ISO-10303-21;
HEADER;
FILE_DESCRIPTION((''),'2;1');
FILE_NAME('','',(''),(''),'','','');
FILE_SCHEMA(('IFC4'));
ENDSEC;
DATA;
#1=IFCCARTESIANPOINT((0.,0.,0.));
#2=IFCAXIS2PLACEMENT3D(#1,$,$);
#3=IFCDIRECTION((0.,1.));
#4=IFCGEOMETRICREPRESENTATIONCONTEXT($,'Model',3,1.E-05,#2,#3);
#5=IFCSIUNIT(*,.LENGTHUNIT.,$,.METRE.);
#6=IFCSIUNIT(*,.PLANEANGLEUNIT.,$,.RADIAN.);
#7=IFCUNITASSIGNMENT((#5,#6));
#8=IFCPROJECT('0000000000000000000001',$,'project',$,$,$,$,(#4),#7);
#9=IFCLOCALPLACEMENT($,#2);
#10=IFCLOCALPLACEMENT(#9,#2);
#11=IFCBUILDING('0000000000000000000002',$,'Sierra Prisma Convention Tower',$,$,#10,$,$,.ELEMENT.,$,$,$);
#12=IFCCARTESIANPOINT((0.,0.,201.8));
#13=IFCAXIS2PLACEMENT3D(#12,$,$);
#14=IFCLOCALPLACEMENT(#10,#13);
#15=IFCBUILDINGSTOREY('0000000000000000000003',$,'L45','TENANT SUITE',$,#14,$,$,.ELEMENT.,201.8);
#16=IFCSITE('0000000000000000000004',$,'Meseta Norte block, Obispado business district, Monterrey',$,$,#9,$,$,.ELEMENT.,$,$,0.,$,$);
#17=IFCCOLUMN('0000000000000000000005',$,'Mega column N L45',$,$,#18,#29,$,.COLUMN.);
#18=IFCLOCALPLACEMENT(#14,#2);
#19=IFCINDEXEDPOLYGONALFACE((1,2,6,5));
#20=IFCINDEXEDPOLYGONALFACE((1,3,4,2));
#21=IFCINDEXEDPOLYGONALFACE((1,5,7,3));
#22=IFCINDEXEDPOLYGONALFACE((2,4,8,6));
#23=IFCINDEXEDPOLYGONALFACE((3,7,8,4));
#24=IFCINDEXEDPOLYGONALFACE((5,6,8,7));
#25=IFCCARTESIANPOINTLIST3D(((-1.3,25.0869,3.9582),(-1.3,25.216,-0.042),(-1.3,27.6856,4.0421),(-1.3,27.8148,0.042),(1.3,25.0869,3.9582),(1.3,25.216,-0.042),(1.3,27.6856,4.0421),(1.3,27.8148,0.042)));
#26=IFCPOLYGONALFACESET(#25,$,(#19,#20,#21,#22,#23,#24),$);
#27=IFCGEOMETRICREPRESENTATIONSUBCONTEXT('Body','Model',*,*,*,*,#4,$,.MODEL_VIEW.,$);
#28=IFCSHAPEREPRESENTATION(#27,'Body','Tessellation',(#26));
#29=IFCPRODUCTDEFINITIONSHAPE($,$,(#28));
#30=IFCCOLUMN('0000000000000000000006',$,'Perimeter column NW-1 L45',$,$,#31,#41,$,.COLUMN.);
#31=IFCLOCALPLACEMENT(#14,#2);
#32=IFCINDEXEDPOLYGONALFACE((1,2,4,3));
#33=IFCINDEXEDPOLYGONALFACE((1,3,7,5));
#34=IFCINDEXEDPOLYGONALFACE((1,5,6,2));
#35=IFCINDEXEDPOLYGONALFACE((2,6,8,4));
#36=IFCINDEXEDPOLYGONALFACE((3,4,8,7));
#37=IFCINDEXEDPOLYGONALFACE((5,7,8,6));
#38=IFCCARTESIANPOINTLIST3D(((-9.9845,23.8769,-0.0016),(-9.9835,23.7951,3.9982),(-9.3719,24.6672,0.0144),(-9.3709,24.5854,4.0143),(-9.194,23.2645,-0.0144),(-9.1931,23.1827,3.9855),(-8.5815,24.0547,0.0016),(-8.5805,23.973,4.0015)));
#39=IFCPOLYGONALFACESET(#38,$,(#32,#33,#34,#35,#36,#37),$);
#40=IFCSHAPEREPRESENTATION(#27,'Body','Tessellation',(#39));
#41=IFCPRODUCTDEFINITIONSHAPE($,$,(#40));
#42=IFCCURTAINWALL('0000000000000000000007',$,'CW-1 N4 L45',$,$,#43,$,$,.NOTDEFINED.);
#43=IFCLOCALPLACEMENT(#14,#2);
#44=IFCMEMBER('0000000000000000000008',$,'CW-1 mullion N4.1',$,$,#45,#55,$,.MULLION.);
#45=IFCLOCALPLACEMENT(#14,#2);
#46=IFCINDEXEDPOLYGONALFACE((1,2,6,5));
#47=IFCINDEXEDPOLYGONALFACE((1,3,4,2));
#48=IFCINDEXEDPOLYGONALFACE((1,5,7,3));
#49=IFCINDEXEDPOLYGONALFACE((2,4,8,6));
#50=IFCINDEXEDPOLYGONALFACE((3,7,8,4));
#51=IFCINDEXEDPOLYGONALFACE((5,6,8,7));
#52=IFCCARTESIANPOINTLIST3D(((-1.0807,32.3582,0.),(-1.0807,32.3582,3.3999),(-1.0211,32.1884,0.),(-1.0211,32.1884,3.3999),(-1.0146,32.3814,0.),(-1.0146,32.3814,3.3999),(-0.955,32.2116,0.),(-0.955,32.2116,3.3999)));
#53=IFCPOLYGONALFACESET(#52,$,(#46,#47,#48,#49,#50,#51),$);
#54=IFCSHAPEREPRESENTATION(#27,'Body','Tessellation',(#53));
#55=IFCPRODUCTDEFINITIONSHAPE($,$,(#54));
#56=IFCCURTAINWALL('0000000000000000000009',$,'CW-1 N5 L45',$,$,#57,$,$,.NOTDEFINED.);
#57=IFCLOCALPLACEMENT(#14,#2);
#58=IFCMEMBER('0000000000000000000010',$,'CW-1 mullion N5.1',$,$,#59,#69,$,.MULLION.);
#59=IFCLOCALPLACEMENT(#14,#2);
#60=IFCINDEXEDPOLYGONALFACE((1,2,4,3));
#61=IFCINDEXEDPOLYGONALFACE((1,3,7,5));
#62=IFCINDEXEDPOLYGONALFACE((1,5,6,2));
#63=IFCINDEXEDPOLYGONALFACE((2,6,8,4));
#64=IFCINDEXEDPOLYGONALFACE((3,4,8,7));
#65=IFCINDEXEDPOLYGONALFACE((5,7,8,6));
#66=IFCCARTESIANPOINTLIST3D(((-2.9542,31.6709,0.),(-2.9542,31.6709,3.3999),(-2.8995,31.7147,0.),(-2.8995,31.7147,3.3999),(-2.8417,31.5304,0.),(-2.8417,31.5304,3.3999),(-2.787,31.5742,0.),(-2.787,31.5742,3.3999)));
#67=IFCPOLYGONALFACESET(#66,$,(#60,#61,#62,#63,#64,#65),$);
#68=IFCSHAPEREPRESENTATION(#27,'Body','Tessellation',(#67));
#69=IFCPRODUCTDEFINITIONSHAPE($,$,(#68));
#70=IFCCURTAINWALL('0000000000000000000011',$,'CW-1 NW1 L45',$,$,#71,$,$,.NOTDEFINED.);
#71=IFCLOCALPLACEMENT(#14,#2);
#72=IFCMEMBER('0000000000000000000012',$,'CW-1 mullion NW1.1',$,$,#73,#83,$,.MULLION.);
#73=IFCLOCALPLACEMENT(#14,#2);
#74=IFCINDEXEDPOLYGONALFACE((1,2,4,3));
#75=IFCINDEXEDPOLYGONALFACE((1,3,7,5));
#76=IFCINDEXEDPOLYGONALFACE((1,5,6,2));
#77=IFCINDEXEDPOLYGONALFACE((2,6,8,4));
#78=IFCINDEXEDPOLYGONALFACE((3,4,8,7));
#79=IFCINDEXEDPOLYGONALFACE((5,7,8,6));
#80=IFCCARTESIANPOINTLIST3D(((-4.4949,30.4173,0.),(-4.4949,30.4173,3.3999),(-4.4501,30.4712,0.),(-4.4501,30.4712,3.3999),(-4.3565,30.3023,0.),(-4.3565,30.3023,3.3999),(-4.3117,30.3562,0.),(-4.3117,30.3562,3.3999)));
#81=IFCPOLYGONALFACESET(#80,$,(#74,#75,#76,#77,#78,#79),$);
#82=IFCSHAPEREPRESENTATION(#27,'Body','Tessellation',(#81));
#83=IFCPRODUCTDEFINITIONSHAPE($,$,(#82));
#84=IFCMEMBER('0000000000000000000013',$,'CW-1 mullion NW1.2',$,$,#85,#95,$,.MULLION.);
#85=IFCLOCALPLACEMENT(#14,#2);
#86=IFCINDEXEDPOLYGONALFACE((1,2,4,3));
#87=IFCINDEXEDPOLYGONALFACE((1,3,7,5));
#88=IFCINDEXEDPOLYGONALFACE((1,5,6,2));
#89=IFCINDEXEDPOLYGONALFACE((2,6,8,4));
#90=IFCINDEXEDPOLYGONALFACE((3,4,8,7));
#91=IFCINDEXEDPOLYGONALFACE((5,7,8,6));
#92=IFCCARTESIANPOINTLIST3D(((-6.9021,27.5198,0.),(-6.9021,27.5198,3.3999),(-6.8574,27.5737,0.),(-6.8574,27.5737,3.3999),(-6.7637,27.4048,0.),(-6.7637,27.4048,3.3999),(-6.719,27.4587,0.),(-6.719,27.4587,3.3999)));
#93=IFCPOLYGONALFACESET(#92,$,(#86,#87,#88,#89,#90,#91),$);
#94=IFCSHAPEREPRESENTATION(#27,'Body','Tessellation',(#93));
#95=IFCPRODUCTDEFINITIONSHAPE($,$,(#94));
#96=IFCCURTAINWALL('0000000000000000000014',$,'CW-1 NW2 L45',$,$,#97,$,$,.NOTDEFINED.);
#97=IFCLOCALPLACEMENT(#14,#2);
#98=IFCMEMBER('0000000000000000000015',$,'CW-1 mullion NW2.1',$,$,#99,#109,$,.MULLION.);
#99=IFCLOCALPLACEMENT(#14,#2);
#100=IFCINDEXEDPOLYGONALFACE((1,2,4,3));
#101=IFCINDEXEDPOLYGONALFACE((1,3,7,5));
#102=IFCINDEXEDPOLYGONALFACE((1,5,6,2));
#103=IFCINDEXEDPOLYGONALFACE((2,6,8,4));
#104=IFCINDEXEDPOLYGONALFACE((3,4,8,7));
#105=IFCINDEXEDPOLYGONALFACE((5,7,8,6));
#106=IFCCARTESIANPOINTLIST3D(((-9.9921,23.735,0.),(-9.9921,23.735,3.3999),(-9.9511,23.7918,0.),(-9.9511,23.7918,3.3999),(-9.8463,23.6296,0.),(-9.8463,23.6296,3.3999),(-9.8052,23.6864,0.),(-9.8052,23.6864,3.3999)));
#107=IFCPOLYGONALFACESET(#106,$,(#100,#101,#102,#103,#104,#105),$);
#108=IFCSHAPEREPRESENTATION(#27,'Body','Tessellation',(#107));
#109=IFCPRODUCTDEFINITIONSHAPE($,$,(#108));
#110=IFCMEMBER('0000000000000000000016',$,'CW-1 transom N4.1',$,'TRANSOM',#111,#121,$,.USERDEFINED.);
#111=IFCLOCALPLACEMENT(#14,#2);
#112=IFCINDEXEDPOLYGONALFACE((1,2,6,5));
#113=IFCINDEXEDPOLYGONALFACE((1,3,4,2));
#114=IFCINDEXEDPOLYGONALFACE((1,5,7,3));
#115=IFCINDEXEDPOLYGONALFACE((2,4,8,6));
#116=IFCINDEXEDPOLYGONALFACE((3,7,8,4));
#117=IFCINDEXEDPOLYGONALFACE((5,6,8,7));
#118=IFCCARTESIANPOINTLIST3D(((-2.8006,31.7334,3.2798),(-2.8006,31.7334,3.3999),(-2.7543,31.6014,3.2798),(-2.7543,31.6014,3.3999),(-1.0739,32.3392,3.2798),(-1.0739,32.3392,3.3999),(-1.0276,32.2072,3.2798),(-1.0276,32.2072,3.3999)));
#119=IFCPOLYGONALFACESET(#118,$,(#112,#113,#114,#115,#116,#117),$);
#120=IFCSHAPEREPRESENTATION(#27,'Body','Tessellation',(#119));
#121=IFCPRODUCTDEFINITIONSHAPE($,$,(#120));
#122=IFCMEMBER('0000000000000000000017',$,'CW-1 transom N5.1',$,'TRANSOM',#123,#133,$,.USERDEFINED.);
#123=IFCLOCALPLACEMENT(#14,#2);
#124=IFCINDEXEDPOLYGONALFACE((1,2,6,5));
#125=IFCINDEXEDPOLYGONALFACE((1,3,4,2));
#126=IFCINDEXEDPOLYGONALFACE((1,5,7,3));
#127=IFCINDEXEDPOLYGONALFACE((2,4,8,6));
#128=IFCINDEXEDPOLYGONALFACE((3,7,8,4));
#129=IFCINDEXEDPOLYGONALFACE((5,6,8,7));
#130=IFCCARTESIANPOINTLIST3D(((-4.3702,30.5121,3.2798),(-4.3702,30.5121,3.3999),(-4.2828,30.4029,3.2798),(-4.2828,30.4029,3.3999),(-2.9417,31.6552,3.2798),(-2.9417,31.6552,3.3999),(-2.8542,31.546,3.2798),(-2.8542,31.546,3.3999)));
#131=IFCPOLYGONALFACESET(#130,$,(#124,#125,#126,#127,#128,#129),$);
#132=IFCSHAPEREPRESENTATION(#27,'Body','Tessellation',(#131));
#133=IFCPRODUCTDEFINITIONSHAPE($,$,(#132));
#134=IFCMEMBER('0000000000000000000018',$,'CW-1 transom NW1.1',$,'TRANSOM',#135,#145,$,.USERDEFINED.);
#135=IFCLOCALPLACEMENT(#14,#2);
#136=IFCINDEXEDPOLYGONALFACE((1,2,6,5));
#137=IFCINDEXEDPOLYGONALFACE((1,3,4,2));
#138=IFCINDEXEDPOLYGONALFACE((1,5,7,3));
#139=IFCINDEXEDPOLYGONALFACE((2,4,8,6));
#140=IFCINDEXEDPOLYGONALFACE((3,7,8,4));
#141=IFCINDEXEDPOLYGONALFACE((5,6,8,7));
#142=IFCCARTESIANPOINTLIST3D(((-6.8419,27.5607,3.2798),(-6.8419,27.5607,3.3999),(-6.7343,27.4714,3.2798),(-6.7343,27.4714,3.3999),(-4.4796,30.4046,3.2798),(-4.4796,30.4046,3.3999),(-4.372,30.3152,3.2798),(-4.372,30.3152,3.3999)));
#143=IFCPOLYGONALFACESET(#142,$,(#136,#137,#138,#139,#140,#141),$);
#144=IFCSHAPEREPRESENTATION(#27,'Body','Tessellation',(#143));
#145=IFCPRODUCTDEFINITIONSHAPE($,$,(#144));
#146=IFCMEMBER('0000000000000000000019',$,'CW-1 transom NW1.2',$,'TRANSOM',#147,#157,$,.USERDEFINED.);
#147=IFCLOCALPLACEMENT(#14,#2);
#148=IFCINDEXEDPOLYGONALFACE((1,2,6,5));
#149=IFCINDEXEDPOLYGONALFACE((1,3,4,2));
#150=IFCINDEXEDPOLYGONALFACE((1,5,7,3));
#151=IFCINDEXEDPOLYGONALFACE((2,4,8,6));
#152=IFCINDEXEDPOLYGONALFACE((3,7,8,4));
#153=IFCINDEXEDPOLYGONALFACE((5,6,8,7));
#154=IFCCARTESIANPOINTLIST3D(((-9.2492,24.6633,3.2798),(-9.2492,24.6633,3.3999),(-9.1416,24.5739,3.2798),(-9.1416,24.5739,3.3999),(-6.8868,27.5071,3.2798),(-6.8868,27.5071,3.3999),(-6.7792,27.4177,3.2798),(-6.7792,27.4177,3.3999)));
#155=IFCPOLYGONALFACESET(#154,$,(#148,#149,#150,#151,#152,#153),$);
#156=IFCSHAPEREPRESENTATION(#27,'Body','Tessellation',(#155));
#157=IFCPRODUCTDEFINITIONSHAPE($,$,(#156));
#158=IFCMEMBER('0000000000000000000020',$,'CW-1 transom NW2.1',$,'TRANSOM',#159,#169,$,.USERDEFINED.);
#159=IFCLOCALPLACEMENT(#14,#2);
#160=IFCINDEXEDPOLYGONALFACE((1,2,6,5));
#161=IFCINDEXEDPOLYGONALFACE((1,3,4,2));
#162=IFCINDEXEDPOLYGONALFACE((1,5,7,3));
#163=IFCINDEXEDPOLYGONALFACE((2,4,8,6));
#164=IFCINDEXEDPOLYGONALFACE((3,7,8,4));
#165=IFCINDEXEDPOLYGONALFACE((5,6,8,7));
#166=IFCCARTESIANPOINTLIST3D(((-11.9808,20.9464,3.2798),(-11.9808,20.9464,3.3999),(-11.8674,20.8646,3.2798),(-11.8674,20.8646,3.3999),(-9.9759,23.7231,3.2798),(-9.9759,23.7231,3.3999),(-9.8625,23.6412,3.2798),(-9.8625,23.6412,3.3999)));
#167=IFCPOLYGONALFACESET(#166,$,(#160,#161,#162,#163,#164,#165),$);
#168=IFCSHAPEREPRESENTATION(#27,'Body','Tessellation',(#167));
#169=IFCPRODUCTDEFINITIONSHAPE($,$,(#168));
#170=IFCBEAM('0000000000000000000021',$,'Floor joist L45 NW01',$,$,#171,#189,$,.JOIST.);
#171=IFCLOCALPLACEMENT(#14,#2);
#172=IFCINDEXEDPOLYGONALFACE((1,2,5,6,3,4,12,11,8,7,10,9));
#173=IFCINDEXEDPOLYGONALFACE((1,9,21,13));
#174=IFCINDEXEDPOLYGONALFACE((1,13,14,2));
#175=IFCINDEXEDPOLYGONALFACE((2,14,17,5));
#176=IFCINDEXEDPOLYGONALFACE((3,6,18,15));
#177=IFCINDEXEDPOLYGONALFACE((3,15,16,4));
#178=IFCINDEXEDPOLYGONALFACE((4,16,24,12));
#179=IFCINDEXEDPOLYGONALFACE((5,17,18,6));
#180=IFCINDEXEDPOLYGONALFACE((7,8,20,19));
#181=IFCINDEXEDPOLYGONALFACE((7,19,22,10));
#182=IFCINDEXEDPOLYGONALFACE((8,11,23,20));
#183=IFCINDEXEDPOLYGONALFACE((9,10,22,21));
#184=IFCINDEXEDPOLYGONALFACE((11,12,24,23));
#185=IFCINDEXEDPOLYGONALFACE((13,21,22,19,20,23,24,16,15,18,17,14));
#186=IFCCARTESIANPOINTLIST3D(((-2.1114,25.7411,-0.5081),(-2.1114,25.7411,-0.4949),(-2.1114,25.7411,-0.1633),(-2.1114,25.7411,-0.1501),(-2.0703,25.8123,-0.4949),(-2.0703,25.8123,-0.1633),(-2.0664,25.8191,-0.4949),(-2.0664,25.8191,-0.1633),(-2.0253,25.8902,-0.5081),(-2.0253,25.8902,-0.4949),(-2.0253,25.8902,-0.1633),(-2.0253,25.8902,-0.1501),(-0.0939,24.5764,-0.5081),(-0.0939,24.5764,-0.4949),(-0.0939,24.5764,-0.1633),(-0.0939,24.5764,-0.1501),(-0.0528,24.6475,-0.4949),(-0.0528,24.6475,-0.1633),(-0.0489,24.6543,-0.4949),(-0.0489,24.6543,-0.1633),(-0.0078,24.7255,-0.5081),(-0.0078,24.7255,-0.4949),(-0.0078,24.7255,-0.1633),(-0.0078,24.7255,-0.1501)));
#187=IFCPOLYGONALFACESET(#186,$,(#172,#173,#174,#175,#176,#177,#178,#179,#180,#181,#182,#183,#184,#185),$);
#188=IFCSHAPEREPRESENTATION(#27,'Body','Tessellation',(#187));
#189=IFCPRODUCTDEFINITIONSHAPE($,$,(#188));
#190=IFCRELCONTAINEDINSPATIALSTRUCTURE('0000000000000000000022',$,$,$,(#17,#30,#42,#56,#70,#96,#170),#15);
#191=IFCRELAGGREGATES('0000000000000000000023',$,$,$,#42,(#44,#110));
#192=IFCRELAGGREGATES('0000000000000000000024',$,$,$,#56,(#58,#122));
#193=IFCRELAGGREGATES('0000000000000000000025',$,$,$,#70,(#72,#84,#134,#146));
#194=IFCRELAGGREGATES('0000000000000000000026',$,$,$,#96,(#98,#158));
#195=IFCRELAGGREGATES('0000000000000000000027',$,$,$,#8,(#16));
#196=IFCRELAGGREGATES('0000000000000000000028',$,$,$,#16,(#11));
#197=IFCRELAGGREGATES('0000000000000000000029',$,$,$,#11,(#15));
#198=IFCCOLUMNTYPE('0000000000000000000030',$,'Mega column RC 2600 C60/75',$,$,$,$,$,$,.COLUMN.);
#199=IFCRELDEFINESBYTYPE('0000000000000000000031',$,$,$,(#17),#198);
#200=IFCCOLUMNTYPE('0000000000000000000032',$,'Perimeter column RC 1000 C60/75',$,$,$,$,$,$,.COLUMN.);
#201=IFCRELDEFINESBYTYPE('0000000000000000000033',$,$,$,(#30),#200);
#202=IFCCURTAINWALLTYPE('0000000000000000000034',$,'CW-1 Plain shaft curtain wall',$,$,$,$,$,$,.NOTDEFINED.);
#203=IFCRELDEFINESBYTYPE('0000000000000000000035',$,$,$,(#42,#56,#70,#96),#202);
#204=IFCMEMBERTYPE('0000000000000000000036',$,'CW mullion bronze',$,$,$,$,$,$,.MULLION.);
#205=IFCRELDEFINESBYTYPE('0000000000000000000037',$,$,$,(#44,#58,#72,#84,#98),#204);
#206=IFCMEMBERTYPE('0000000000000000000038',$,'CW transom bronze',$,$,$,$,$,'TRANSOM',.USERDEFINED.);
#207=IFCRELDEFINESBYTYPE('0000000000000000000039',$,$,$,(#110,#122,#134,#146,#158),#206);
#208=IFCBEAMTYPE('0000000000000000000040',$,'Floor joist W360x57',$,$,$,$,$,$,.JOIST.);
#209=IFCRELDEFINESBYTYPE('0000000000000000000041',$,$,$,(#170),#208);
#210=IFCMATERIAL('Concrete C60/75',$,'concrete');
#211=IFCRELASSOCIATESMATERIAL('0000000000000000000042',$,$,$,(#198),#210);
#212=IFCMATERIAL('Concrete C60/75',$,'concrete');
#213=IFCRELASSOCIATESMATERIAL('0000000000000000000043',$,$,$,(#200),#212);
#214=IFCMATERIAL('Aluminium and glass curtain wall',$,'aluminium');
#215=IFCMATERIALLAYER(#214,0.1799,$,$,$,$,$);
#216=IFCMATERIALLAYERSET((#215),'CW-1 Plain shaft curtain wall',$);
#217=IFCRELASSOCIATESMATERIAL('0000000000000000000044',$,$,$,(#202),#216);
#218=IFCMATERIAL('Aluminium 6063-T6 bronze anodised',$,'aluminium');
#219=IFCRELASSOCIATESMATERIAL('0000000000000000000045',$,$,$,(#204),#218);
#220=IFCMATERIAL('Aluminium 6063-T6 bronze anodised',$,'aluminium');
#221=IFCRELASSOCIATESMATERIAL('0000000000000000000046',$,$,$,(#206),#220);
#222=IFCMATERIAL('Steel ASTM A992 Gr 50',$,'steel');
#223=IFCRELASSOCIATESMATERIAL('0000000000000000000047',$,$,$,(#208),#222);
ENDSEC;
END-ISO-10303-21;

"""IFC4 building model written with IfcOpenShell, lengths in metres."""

from ifc_helpers import new_model, si_unit, direction, frame, origin, origin_2d, place, context, subcontext, project, spatial, rectangle, i_section, extrude, material, layer, layer_set, material_profile, profile_set, type_object, element, aggregate, save


model = new_model("IFC4")

# Units and contexts
model_context = context("Model", 3, precision=1e-05, world=origin(), true_north=direction((0.0, 1.0)))
body_context = subcontext(model_context, "Body", "Model", "MODEL_VIEW")
ifc_project = project(units=[si_unit("LENGTHUNIT", "METRE"), si_unit("PLANEANGLEUNIT", "RADIAN")], contexts=[model_context])

# Site, building, storey
site_placement = place(None, origin())
site = spatial("IfcSite", under=ifc_project, at=site_placement, Name="Meseta Norte block, Obispado business district, Monterrey", CompositionType="ELEMENT", RefElevation=0.0)
building_placement = place(site_placement, origin())
building = spatial("IfcBuilding", under=site, at=building_placement, Name="Sierra Prisma Convention Tower", CompositionType="ELEMENT")
storey_placement = place(building_placement, frame((0.0, 0.0, 201.8)))
storey = spatial("IfcBuildingStorey", under=building, at=storey_placement, Name="L45", Description="TENANT SUITE", CompositionType="ELEMENT", Elevation=201.8)

# Columns
ifc_material_1 = material(Name="Concrete C60/75", Category="concrete")
ifc_material_profile_1 = material_profile(ifc_material_1, rectangle(XDim=2.6001, YDim=2.6001, at=origin_2d()), Name="Mega column RC 2600 C60/75")
ifc_profile_set_1 = profile_set([ifc_material_profile_1], Name="Concrete C60/75")
column_type_1 = type_object("IfcColumnType", Name="Mega column RC 2600 C60/75", PredefinedType="COLUMN", material=ifc_profile_set_1)
column_1_placement = place(storey_placement, frame((0.0, 26.5154, 0.0), z_axis=(0.0, -0.032271, 0.999479), x_axis=(1.0, 0.0, 0.0)))
element("IfcColumn", 1, at=column_1_placement, inside=storey, type_object=column_type_1, Name="Mega column N L45", PredefinedType="COLUMN", context=body_context, shape_type="SweptSolid", body=[
    extrude(rectangle(XDim=2.6001, YDim=2.6001, at=origin_2d()), origin(), (0.0, 0.0, 1.0), 4.0022),
])
ifc_material_2 = material(Name="Concrete C60/75", Category="concrete")
ifc_material_profile_2 = material_profile(ifc_material_2, rectangle(XDim=1.0, YDim=1.0, at=origin_2d()), Name="Perimeter column RC 1000 C60/75")
ifc_profile_set_2 = profile_set([ifc_material_profile_2], Name="Concrete C60/75")
column_type_2 = type_object("IfcColumnType", Name="Perimeter column RC 1000 C60/75", PredefinedType="COLUMN", material=ifc_profile_set_2)
column_2_placement = place(storey_placement, frame((-9.283, 23.9658, 0.0), z_axis=(0.000244, -0.020443, 0.999791), x_axis=(0.612561, 0.790261, 0.016009)))
element("IfcColumn", 2, at=column_2_placement, inside=storey, type_object=column_type_2, Name="Perimeter column NW-1 L45", PredefinedType="COLUMN", context=body_context, shape_type="SweptSolid", body=[
    extrude(rectangle(XDim=1.0, YDim=1.0, at=origin_2d()), origin(), (0.0, 0.0, 1.0), 4.0007),
])

# Curtain walls, members
ifc_material_3 = material(Name="Aluminium and glass curtain wall", Category="aluminium")
ifc_layer_1 = layer(ifc_material_3, 0.1799)
ifc_layer_set_1 = layer_set([ifc_layer_1], Name="CW-1 Plain shaft curtain wall")
curtain_wall_type = type_object("IfcCurtainWallType", Name="CW-1 Plain shaft curtain wall", PredefinedType="NOTDEFINED", material=ifc_layer_set_1)
curtain_wall_1_placement = place(storey_placement, origin())
curtain_wall_1 = element("IfcCurtainWall", 3, at=curtain_wall_1_placement, inside=storey, type_object=curtain_wall_type, Name="CW-1 N4 L45", PredefinedType="NOTDEFINED")
ifc_material_4 = material(Name="Aluminium 6063-T6 bronze anodised", Category="aluminium")
ifc_material_profile_3 = material_profile(ifc_material_4, rectangle(XDim=0.1799, YDim=0.0701, at=origin_2d()), Name="ALU MULLION 70x180")
ifc_profile_set_3 = profile_set([ifc_material_profile_3], Name="Aluminium 6063-T6 bronze anodised")
member_type_1 = type_object("IfcMemberType", Name="CW mullion bronze", PredefinedType="MULLION", material=ifc_profile_set_3)
member_1_placement = place(storey_placement, frame((-1.0178, 32.2849, 0.0), z_axis=(0.0, 0.0, 1.0), x_axis=(0.331092, -0.943599, 0.0)))
member_1 = element("IfcMember", 4, at=member_1_placement, type_object=member_type_1, Name="CW-1 mullion N4.1", PredefinedType="MULLION", context=body_context, shape_type="SweptSolid", body=[
    extrude(rectangle(XDim=0.1799, YDim=0.0701, at=origin_2d()), origin(), (0.0, 0.0, 1.0), 3.3999),
])
curtain_wall_2_placement = place(storey_placement, origin())
curtain_wall_2 = element("IfcCurtainWall", 5, at=curtain_wall_2_placement, inside=storey, type_object=curtain_wall_type, Name="CW-1 N5 L45", PredefinedType="NOTDEFINED")
member_2_placement = place(storey_placement, frame((-2.8706, 31.6226, 0.0), z_axis=(0.0, 0.0, 1.0), x_axis=(0.624835, -0.780757, 0.0)))
member_2 = element("IfcMember", 6, at=member_2_placement, type_object=member_type_1, Name="CW-1 mullion N5.1", PredefinedType="MULLION", context=body_context, shape_type="SweptSolid", body=[
    extrude(rectangle(XDim=0.1799, YDim=0.0701, at=origin_2d()), origin(), (0.0, 0.0, 1.0), 3.3999),
])

# Curtain wall, members
curtain_wall_3_placement = place(storey_placement, origin())
curtain_wall_3 = element("IfcCurtainWall", 7, at=curtain_wall_3_placement, inside=storey, type_object=curtain_wall_type, Name="CW-1 NW1 L45", PredefinedType="NOTDEFINED")
member_3_placement = place(storey_placement, frame((-4.4033, 30.3867, 0.0), z_axis=(0.0, 0.0, 1.0), x_axis=(0.769191, -0.639018, 0.0)))
member_3 = element("IfcMember", 8, at=member_3_placement, type_object=member_type_1, Name="CW-1 mullion NW1.1", PredefinedType="MULLION", context=body_context, shape_type="SweptSolid", body=[
    extrude(rectangle(XDim=0.1799, YDim=0.0701, at=origin_2d()), origin(), (0.0, 0.0, 1.0), 3.3999),
])
member_4_placement = place(storey_placement, frame((-6.8105, 27.4893, 0.0), z_axis=(0.0, 0.0, 1.0), x_axis=(0.769191, -0.639018, 0.0)))
member_4 = element("IfcMember", 9, at=member_4_placement, type_object=member_type_1, Name="CW-1 mullion NW1.2", PredefinedType="MULLION", context=body_context, shape_type="SweptSolid", body=[
    extrude(rectangle(XDim=0.1799, YDim=0.0701, at=origin_2d()), origin(), (0.0, 0.0, 1.0), 3.3999),
])

# Curtain wall, member
curtain_wall_4_placement = place(storey_placement, origin())
curtain_wall_4 = element("IfcCurtainWall", 10, at=curtain_wall_4_placement, inside=storey, type_object=curtain_wall_type, Name="CW-1 NW2 L45", PredefinedType="NOTDEFINED")
member_5_placement = place(storey_placement, frame((-9.8987, 23.7107, 0.0), z_axis=(0.0, 0.0, 1.0), x_axis=(0.810745, -0.585399, 0.0)))
member_5 = element("IfcMember", 11, at=member_5_placement, type_object=member_type_1, Name="CW-1 mullion NW2.1", PredefinedType="MULLION", context=body_context, shape_type="SweptSolid", body=[
    extrude(rectangle(XDim=0.1799, YDim=0.0701, at=origin_2d()), origin(), (0.0, 0.0, 1.0), 3.3999),
])

# Members
ifc_material_5 = material(Name="Aluminium 6063-T6 bronze anodised", Category="aluminium")
ifc_material_profile_4 = material_profile(ifc_material_5, rectangle(XDim=0.1399, YDim=0.1201, at=origin_2d()), Name="ALU TRANSOM 120x140")
ifc_profile_set_4 = profile_set([ifc_material_profile_4], Name="Aluminium 6063-T6 bronze anodised")
member_type_2 = type_object("IfcMemberType", Name="CW transom bronze", ElementType="TRANSOM", PredefinedType="USERDEFINED", material=ifc_profile_set_4)
member_6_placement = place(storey_placement, frame((-1.0508, 32.2732, 3.3398), z_axis=(-0.943617, -0.33104, 0.0), x_axis=(0.33104, -0.943617, 0.0)))
member_6 = element("IfcMember", 12, at=member_6_placement, type_object=member_type_2, Name="CW-1 transom N4.1", ObjectType="TRANSOM", PredefinedType="USERDEFINED", context=body_context, shape_type="SweptSolid", body=[
    extrude(rectangle(XDim=0.1399, YDim=0.1201, at=origin_2d()), origin(), (0.0, 0.0, 1.0), 1.8298),
])
member_7_placement = place(storey_placement, frame((-2.8979, 31.6006, 3.3398), z_axis=(-0.780791, -0.624793, 0.0), x_axis=(0.624793, -0.780791, 0.0)))
member_7 = element("IfcMember", 13, at=member_7_placement, type_object=member_type_2, Name="CW-1 transom N5.1", ObjectType="TRANSOM", PredefinedType="USERDEFINED", context=body_context, shape_type="SweptSolid", body=[
    extrude(rectangle(XDim=0.1399, YDim=0.1201, at=origin_2d()), origin(), (0.0, 0.0, 1.0), 1.8296),
])
member_8_placement = place(storey_placement, frame((-4.4258, 30.3599, 3.3398), z_axis=(-0.638988, -0.769216, 0.0), x_axis=(0.769216, -0.638988, 0.0)))
member_8 = element("IfcMember", 14, at=member_8_placement, type_object=member_type_2, Name="CW-1 transom NW1.1", ObjectType="TRANSOM", PredefinedType="USERDEFINED", context=body_context, shape_type="SweptSolid", body=[
    extrude(rectangle(XDim=0.1399, YDim=0.1201, at=origin_2d()), origin(), (0.0, 0.0, 1.0), 3.697),
])
member_9_placement = place(storey_placement, frame((-6.833, 27.4624, 3.3398), z_axis=(-0.638988, -0.769216, 0.0), x_axis=(0.769216, -0.638988, 0.0)))
member_9 = element("IfcMember", 15, at=member_9_placement, type_object=member_type_2, Name="CW-1 transom NW1.2", ObjectType="TRANSOM", PredefinedType="USERDEFINED", context=body_context, shape_type="SweptSolid", body=[
    extrude(rectangle(XDim=0.1399, YDim=0.1201, at=origin_2d()), origin(), (0.0, 0.0, 1.0), 3.697),
])
member_10_placement = place(storey_placement, frame((-9.9192, 23.6821, 3.3398), z_axis=(-0.585405, -0.810741, 0.0), x_axis=(0.810741, -0.585405, 0.0)))
member_10 = element("IfcMember", 16, at=member_10_placement, type_object=member_type_2, Name="CW-1 transom NW2.1", ObjectType="TRANSOM", PredefinedType="USERDEFINED", context=body_context, shape_type="SweptSolid", body=[
    extrude(rectangle(XDim=0.1399, YDim=0.1201, at=origin_2d()), origin(), (0.0, 0.0, 1.0), 3.4248),
])

# Beam
ifc_material_6 = material(Name="Steel ASTM A992 Gr 50", Category="steel")
ifc_material_profile_5 = material_profile(ifc_material_6, i_section(OverallWidth=0.1721, OverallDepth=0.3579, WebThickness=0.0078, FlangeThickness=0.0132, at=origin_2d()), Name="W360x57")
ifc_profile_set_5 = profile_set([ifc_material_profile_5], Name="Steel ASTM A992 Gr 50")
beam_type_1 = type_object("IfcBeamType", Name="Floor joist W360x57", PredefinedType="JOIST", material=ifc_profile_set_5)
beam_1_placement = place(storey_placement, frame((-2.0684, 25.8157, -0.3291), z_axis=(0.866036, -0.499983, 0.0), x_axis=(0.499983, 0.866036, 0.0)))
element("IfcBeam", 17, at=beam_1_placement, inside=storey, type_object=beam_type_1, Name="Floor joist L45 NW01", PredefinedType="JOIST", context=body_context, shape_type="SweptSolid", body=[
    extrude(i_section(OverallWidth=0.1721, OverallDepth=0.3579, WebThickness=0.0078, FlangeThickness=0.0132, at=origin_2d()), origin(), (0.0, 0.0, 1.0), 2.3296),
])

aggregate(curtain_wall_1, [member_1, member_6])
aggregate(curtain_wall_2, [member_2, member_7])
aggregate(curtain_wall_3, [member_3, member_4, member_8, member_9])
aggregate(curtain_wall_4, [member_5, member_10])

save(model, "model.ifc")
